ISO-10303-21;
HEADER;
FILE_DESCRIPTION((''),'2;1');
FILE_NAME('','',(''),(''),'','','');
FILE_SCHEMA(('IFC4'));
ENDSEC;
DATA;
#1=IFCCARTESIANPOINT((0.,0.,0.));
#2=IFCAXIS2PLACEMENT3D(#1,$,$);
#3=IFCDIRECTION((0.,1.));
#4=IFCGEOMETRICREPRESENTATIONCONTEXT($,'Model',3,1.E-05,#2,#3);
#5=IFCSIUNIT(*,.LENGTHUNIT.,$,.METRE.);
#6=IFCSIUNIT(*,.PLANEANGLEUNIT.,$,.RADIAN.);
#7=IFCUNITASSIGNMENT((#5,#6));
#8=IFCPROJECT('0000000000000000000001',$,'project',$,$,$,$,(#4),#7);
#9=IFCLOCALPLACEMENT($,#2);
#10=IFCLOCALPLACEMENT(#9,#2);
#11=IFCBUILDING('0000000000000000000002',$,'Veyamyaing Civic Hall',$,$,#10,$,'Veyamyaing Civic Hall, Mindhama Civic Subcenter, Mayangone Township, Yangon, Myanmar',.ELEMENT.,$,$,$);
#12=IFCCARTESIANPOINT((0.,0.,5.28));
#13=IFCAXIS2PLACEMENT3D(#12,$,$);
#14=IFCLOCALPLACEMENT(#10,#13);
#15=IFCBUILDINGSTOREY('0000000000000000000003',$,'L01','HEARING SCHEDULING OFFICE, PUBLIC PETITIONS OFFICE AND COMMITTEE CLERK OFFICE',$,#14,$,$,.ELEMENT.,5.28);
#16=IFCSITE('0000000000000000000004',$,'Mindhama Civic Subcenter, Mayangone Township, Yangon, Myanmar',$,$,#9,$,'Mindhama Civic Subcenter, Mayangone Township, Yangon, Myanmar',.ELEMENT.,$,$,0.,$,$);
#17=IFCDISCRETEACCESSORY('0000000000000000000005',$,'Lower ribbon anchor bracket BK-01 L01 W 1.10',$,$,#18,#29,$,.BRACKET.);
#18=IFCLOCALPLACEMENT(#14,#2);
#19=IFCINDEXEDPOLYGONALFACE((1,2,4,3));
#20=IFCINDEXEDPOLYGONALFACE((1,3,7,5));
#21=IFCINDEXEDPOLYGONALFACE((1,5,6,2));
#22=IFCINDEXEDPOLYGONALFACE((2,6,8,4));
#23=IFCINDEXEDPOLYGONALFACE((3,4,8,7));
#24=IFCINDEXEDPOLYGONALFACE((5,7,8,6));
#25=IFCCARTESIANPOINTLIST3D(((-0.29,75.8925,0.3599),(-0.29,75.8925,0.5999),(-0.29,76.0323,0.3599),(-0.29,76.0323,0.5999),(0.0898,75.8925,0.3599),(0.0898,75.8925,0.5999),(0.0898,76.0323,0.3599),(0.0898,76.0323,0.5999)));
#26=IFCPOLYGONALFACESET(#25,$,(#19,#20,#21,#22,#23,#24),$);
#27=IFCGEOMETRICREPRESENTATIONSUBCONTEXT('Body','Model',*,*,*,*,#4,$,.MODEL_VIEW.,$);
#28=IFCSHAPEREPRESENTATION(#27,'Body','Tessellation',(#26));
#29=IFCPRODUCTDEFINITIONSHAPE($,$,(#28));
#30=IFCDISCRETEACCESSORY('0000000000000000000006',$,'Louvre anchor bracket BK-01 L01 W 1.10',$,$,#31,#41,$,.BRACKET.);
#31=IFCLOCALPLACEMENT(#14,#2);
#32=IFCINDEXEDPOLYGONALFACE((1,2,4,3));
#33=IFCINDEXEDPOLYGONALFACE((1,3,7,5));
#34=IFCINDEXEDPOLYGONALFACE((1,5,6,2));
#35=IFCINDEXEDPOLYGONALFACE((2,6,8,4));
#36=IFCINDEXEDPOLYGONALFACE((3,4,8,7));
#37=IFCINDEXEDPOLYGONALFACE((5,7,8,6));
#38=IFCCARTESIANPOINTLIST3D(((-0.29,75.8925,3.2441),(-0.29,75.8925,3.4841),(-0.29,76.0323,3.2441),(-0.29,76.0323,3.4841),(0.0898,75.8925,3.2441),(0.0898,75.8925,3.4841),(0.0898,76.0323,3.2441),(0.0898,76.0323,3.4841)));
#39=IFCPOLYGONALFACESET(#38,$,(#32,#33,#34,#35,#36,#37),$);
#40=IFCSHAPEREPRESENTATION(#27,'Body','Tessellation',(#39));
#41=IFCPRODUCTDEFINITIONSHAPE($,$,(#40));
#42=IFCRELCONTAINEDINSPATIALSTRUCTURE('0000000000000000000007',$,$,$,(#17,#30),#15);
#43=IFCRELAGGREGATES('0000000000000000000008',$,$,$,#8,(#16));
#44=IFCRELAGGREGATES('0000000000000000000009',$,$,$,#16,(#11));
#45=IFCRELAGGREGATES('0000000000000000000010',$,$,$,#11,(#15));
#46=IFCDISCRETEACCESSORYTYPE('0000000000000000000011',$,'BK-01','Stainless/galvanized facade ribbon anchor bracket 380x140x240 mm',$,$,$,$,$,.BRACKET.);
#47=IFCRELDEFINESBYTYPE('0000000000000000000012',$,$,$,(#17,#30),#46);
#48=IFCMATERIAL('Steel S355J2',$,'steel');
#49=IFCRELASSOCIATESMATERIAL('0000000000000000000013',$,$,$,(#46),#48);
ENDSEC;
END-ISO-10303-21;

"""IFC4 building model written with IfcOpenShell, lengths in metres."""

from ifc_helpers import new_model, si_unit, direction, frame, origin, origin_2d, place, context, subcontext, project, spatial, rectangle, extrude, material, type_object, element, save


model = new_model("IFC4")

# Units and contexts
model_context = context("Model", 3, precision=1e-05, world=origin(), true_north=direction((0.0, 1.0)))
body_context = subcontext(model_context, "Body", "Model", "MODEL_VIEW")
ifc_project = project(units=[si_unit("LENGTHUNIT", "METRE"), si_unit("PLANEANGLEUNIT", "RADIAN")], contexts=[model_context])

# Site, building, storey
site_placement = place(None, origin())
site = spatial("IfcSite", under=ifc_project, at=site_placement, Name="Mindhama Civic Subcenter, Mayangone Township, Yangon, Myanmar", LongName="Mindhama Civic Subcenter, Mayangone Township, Yangon, Myanmar", CompositionType="ELEMENT", RefElevation=0.0)
building_placement = place(site_placement, origin())
building = spatial("IfcBuilding", under=site, at=building_placement, Name="Veyamyaing Civic Hall", LongName="Veyamyaing Civic Hall, Mindhama Civic Subcenter, Mayangone Township, Yangon, Myanmar", CompositionType="ELEMENT")
storey_placement = place(building_placement, frame((0.0, 0.0, 5.28)))
storey = spatial("IfcBuildingStorey", under=building, at=storey_placement, Name="L01", Description="HEARING SCHEDULING OFFICE, PUBLIC PETITIONS OFFICE AND COMMITTEE CLERK OFFICE", CompositionType="ELEMENT", Elevation=5.28)

# Discrete accessories
ifc_material_1 = material(Name="Steel S355J2", Category="steel")
discrete_accessory_type = type_object("IfcDiscreteAccessoryType", Name="BK-01", Description="Stainless/galvanized facade ribbon anchor bracket 380x140x240 mm", PredefinedType="BRACKET", material=ifc_material_1)
for number, where, z_axis, x_axis, name in (
    (1, (-0.1001, 75.9624, 0.3599), (0.0, 0.0, 1.0), (-1.0, 0.0, 0.0), "Lower ribbon anchor bracket BK-01 L01 W 1.10"),
    (2, (-0.1001, 75.9624, 3.2441), (0.0, 0.0, 1.0), (-1.0, 0.0, 0.0), "Louvre anchor bracket BK-01 L01 W 1.10"),
):
    element("IfcDiscreteAccessory", number, at=place(storey_placement, frame(where, z_axis=z_axis, x_axis=x_axis)), inside=storey, type_object=discrete_accessory_type, Name=name, PredefinedType="BRACKET", context=body_context, shape_type="SweptSolid", body=[
        extrude(rectangle(XDim=0.3799, YDim=0.1399, at=origin_2d()), origin(), (0.0, 0.0, 1.0), 0.24),
    ])

save(model, "model.ifc")
